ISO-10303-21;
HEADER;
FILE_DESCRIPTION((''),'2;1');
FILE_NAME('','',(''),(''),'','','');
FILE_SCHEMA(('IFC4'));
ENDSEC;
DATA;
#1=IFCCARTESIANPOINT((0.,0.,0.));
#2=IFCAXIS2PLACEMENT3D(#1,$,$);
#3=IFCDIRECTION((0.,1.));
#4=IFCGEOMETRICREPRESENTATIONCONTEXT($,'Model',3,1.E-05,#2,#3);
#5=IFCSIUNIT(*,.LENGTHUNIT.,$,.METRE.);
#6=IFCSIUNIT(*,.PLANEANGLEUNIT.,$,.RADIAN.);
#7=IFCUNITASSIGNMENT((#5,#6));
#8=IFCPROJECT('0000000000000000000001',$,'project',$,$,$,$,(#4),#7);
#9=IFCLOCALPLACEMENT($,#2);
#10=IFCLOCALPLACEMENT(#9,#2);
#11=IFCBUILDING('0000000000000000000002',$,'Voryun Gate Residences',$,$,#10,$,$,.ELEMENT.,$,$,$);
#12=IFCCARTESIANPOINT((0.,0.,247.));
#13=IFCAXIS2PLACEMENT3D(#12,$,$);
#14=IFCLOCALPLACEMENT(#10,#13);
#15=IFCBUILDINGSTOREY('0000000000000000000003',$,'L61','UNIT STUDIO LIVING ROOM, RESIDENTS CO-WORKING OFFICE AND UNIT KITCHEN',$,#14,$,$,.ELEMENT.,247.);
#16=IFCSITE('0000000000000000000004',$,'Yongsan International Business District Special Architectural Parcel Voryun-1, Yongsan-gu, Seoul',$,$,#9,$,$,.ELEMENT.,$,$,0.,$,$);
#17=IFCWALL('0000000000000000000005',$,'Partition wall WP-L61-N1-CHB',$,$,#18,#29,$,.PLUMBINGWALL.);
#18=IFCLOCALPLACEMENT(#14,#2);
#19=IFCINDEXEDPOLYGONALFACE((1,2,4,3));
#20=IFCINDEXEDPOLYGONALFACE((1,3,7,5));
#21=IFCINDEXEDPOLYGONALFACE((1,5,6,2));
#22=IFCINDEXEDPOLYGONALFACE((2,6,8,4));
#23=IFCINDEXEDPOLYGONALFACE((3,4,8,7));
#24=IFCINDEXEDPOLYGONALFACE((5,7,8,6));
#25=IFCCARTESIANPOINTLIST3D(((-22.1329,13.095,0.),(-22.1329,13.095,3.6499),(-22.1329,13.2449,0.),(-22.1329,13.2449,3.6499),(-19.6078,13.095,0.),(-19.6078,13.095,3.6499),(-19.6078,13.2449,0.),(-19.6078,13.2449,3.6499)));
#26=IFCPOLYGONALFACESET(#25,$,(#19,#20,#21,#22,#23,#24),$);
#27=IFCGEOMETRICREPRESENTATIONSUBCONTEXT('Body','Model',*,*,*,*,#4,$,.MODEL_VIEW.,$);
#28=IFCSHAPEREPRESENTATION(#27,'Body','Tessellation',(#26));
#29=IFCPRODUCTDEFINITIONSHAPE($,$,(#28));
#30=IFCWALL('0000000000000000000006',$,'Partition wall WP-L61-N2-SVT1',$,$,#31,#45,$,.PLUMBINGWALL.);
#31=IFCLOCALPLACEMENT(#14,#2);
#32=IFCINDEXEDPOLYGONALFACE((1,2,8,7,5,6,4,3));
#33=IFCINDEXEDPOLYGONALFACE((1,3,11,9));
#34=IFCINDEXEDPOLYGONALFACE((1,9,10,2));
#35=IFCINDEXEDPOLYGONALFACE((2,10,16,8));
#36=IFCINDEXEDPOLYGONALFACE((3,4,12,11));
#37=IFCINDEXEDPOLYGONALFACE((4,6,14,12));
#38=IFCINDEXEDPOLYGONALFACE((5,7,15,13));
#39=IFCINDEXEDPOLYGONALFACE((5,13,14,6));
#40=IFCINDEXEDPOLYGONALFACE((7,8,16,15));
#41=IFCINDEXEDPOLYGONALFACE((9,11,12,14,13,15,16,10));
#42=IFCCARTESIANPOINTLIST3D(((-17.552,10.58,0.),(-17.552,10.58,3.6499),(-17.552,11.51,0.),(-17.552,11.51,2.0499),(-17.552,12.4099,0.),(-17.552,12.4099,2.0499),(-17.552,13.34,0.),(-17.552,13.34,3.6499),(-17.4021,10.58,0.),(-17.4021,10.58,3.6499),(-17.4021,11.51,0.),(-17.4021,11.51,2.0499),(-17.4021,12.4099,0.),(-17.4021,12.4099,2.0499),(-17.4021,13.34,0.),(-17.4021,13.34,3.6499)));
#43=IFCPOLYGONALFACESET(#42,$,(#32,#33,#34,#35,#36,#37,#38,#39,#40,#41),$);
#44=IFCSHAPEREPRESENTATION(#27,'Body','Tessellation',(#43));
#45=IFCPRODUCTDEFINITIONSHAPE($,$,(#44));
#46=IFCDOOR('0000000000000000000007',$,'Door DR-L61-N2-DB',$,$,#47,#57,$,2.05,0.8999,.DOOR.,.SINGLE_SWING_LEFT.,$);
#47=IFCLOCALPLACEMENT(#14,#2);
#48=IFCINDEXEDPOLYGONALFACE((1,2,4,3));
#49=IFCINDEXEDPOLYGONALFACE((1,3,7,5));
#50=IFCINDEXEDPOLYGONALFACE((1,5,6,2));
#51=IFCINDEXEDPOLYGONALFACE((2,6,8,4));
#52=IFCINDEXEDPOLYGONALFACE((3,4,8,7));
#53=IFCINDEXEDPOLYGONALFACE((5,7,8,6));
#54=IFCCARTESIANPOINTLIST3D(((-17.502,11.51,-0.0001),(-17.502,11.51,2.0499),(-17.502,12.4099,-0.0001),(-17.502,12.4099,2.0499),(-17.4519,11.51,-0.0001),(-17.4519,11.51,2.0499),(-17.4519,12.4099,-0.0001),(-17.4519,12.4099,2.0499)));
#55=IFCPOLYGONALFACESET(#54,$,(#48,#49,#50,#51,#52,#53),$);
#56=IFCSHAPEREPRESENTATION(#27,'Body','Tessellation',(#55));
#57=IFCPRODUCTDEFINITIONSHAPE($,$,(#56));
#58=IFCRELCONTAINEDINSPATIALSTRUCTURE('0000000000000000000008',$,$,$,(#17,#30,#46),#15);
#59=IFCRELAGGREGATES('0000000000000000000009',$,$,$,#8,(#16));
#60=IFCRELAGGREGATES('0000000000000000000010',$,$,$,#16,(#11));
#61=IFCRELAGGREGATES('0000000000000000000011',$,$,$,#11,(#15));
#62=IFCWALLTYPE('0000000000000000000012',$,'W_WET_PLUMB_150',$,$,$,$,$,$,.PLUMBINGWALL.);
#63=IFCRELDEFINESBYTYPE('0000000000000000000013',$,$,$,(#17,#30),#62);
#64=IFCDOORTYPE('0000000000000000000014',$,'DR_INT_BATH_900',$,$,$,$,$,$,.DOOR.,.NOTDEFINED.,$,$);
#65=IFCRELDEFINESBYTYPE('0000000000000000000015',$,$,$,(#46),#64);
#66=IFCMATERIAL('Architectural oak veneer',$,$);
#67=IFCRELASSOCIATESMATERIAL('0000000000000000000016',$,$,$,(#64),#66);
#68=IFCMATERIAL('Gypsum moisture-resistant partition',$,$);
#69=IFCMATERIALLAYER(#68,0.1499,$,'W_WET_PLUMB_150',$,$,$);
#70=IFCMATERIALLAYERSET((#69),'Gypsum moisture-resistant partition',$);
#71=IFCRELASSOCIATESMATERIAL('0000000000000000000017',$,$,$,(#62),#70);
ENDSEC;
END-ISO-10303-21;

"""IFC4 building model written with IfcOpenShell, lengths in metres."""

from ifc_helpers import new_model, si_unit, direction, frame, frame_2d, origin, place, context, subcontext, project, spatial, rectangle, extrude, material, layer, layer_set, type_object, element, fill, save


model = new_model("IFC4")

# Units and contexts
model_context = context("Model", 3, precision=1e-05, world=origin(), true_north=direction((0.0, 1.0)))
body_context = subcontext(model_context, "Body", "Model", "MODEL_VIEW")
ifc_project = project(units=[si_unit("LENGTHUNIT", "METRE"), si_unit("PLANEANGLEUNIT", "RADIAN")], contexts=[model_context])

# Site, building, storey
site_placement = place(None, origin())
site = spatial("IfcSite", under=ifc_project, at=site_placement, Name="Yongsan International Business District Special Architectural Parcel Voryun-1, Yongsan-gu, Seoul", CompositionType="ELEMENT", RefElevation=0.0)
building_placement = place(site_placement, origin())
building = spatial("IfcBuilding", under=site, at=building_placement, Name="Voryun Gate Residences", CompositionType="ELEMENT")
storey_placement = place(building_placement, frame((0.0, 0.0, 247.0)))
storey = spatial("IfcBuildingStorey", under=building, at=storey_placement, Name="L61", Description="UNIT STUDIO LIVING ROOM, RESIDENTS CO-WORKING OFFICE AND UNIT KITCHEN", CompositionType="ELEMENT", Elevation=247.0)

# Shared definitions
ifc_material_1 = material(Name="Architectural oak veneer")
door_type_1 = type_object("IfcDoorType", Name="DR_INT_BATH_900", OperationType="NOTDEFINED", PredefinedType="DOOR", material=ifc_material_1)

# Shared definitions
ifc_material_2 = material(Name="Gypsum moisture-resistant partition")
ifc_layer_1 = layer(ifc_material_2, 0.1499, Name="W_WET_PLUMB_150")
ifc_layer_set_1 = layer_set([ifc_layer_1], Name="Gypsum moisture-resistant partition")
wall_type_1 = type_object("IfcWallType", Name="W_WET_PLUMB_150", PredefinedType="PLUMBINGWALL", material=ifc_layer_set_1)

# Wall
wall_1_placement = place(storey_placement, frame((-22.1331, 13.1699, 0.0), z_axis=(0.0, 0.0, 1.0), x_axis=(1.0, 0.0, 0.0)))
element("IfcWall", 1, at=wall_1_placement, inside=storey, type_object=wall_type_1, Name="Partition wall WP-L61-N1-CHB", PredefinedType="PLUMBINGWALL", context=body_context, shape_type="SweptSolid", body=[
    extrude(rectangle(XDim=2.5251, YDim=0.1499, at=frame_2d((1.2627, 0.0))), origin(), (0.0, 0.0, 1.0), 3.6499),
])

# Wall, opening, door
wall_2_placement = place(storey_placement, frame((-17.4771, 10.5801, 0.0), z_axis=(0.0, 0.0, 1.0), x_axis=(0.0, 1.0, 0.0)))
wall_2 = element("IfcWall", 2, at=wall_2_placement, inside=storey, type_object=wall_type_1, Name="Partition wall WP-L61-N2-SVT1", PredefinedType="PLUMBINGWALL", context=body_context, shape_type="SweptSolid", body=[
    extrude(rectangle(XDim=2.76, YDim=0.1499, at=frame_2d((1.3799, 0.0))), origin(), (0.0, 0.0, 1.0), 3.6499),
])
opening_1_placement = place(wall_2_placement, frame((0.9299, 0.0, 0.0)))
opening_1 = element("IfcOpeningElement", 3, at=opening_1_placement, cuts=wall_2, PredefinedType="OPENING", context=body_context, shape_type="SweptSolid", body=[
    extrude(rectangle(XDim=0.8999, YDim=2.05, at=frame_2d((0.45, 1.0249))), frame((0.0, 0.085, 0.0), z_axis=(0.0, -1.0, 0.0), x_axis=(1.0, 0.0, 0.0)), (0.0, 0.0, 1.0), 0.1699),
])
door_1_placement = place(opening_1_placement, origin())
door_1 = element("IfcDoor", 4, at=door_1_placement, inside=storey, type_object=door_type_1, Name="Door DR-L61-N2-DB", OperationType="SINGLE_SWING_LEFT", OverallHeight=2.05, OverallWidth=0.8999, PredefinedType="DOOR", context=body_context, shape_type="SweptSolid", body=[
    extrude(rectangle(XDim=0.8999, YDim=2.05, at=frame_2d((0.45, 1.0249))), frame((0.0, 0.0249, 0.0), z_axis=(0.0, -1.0, 0.0), x_axis=(1.0, 0.0, 0.0)), (0.0, 0.0, 1.0), 0.05),
])
fill(opening_1, door_1)

save(model, "model.ifc")
